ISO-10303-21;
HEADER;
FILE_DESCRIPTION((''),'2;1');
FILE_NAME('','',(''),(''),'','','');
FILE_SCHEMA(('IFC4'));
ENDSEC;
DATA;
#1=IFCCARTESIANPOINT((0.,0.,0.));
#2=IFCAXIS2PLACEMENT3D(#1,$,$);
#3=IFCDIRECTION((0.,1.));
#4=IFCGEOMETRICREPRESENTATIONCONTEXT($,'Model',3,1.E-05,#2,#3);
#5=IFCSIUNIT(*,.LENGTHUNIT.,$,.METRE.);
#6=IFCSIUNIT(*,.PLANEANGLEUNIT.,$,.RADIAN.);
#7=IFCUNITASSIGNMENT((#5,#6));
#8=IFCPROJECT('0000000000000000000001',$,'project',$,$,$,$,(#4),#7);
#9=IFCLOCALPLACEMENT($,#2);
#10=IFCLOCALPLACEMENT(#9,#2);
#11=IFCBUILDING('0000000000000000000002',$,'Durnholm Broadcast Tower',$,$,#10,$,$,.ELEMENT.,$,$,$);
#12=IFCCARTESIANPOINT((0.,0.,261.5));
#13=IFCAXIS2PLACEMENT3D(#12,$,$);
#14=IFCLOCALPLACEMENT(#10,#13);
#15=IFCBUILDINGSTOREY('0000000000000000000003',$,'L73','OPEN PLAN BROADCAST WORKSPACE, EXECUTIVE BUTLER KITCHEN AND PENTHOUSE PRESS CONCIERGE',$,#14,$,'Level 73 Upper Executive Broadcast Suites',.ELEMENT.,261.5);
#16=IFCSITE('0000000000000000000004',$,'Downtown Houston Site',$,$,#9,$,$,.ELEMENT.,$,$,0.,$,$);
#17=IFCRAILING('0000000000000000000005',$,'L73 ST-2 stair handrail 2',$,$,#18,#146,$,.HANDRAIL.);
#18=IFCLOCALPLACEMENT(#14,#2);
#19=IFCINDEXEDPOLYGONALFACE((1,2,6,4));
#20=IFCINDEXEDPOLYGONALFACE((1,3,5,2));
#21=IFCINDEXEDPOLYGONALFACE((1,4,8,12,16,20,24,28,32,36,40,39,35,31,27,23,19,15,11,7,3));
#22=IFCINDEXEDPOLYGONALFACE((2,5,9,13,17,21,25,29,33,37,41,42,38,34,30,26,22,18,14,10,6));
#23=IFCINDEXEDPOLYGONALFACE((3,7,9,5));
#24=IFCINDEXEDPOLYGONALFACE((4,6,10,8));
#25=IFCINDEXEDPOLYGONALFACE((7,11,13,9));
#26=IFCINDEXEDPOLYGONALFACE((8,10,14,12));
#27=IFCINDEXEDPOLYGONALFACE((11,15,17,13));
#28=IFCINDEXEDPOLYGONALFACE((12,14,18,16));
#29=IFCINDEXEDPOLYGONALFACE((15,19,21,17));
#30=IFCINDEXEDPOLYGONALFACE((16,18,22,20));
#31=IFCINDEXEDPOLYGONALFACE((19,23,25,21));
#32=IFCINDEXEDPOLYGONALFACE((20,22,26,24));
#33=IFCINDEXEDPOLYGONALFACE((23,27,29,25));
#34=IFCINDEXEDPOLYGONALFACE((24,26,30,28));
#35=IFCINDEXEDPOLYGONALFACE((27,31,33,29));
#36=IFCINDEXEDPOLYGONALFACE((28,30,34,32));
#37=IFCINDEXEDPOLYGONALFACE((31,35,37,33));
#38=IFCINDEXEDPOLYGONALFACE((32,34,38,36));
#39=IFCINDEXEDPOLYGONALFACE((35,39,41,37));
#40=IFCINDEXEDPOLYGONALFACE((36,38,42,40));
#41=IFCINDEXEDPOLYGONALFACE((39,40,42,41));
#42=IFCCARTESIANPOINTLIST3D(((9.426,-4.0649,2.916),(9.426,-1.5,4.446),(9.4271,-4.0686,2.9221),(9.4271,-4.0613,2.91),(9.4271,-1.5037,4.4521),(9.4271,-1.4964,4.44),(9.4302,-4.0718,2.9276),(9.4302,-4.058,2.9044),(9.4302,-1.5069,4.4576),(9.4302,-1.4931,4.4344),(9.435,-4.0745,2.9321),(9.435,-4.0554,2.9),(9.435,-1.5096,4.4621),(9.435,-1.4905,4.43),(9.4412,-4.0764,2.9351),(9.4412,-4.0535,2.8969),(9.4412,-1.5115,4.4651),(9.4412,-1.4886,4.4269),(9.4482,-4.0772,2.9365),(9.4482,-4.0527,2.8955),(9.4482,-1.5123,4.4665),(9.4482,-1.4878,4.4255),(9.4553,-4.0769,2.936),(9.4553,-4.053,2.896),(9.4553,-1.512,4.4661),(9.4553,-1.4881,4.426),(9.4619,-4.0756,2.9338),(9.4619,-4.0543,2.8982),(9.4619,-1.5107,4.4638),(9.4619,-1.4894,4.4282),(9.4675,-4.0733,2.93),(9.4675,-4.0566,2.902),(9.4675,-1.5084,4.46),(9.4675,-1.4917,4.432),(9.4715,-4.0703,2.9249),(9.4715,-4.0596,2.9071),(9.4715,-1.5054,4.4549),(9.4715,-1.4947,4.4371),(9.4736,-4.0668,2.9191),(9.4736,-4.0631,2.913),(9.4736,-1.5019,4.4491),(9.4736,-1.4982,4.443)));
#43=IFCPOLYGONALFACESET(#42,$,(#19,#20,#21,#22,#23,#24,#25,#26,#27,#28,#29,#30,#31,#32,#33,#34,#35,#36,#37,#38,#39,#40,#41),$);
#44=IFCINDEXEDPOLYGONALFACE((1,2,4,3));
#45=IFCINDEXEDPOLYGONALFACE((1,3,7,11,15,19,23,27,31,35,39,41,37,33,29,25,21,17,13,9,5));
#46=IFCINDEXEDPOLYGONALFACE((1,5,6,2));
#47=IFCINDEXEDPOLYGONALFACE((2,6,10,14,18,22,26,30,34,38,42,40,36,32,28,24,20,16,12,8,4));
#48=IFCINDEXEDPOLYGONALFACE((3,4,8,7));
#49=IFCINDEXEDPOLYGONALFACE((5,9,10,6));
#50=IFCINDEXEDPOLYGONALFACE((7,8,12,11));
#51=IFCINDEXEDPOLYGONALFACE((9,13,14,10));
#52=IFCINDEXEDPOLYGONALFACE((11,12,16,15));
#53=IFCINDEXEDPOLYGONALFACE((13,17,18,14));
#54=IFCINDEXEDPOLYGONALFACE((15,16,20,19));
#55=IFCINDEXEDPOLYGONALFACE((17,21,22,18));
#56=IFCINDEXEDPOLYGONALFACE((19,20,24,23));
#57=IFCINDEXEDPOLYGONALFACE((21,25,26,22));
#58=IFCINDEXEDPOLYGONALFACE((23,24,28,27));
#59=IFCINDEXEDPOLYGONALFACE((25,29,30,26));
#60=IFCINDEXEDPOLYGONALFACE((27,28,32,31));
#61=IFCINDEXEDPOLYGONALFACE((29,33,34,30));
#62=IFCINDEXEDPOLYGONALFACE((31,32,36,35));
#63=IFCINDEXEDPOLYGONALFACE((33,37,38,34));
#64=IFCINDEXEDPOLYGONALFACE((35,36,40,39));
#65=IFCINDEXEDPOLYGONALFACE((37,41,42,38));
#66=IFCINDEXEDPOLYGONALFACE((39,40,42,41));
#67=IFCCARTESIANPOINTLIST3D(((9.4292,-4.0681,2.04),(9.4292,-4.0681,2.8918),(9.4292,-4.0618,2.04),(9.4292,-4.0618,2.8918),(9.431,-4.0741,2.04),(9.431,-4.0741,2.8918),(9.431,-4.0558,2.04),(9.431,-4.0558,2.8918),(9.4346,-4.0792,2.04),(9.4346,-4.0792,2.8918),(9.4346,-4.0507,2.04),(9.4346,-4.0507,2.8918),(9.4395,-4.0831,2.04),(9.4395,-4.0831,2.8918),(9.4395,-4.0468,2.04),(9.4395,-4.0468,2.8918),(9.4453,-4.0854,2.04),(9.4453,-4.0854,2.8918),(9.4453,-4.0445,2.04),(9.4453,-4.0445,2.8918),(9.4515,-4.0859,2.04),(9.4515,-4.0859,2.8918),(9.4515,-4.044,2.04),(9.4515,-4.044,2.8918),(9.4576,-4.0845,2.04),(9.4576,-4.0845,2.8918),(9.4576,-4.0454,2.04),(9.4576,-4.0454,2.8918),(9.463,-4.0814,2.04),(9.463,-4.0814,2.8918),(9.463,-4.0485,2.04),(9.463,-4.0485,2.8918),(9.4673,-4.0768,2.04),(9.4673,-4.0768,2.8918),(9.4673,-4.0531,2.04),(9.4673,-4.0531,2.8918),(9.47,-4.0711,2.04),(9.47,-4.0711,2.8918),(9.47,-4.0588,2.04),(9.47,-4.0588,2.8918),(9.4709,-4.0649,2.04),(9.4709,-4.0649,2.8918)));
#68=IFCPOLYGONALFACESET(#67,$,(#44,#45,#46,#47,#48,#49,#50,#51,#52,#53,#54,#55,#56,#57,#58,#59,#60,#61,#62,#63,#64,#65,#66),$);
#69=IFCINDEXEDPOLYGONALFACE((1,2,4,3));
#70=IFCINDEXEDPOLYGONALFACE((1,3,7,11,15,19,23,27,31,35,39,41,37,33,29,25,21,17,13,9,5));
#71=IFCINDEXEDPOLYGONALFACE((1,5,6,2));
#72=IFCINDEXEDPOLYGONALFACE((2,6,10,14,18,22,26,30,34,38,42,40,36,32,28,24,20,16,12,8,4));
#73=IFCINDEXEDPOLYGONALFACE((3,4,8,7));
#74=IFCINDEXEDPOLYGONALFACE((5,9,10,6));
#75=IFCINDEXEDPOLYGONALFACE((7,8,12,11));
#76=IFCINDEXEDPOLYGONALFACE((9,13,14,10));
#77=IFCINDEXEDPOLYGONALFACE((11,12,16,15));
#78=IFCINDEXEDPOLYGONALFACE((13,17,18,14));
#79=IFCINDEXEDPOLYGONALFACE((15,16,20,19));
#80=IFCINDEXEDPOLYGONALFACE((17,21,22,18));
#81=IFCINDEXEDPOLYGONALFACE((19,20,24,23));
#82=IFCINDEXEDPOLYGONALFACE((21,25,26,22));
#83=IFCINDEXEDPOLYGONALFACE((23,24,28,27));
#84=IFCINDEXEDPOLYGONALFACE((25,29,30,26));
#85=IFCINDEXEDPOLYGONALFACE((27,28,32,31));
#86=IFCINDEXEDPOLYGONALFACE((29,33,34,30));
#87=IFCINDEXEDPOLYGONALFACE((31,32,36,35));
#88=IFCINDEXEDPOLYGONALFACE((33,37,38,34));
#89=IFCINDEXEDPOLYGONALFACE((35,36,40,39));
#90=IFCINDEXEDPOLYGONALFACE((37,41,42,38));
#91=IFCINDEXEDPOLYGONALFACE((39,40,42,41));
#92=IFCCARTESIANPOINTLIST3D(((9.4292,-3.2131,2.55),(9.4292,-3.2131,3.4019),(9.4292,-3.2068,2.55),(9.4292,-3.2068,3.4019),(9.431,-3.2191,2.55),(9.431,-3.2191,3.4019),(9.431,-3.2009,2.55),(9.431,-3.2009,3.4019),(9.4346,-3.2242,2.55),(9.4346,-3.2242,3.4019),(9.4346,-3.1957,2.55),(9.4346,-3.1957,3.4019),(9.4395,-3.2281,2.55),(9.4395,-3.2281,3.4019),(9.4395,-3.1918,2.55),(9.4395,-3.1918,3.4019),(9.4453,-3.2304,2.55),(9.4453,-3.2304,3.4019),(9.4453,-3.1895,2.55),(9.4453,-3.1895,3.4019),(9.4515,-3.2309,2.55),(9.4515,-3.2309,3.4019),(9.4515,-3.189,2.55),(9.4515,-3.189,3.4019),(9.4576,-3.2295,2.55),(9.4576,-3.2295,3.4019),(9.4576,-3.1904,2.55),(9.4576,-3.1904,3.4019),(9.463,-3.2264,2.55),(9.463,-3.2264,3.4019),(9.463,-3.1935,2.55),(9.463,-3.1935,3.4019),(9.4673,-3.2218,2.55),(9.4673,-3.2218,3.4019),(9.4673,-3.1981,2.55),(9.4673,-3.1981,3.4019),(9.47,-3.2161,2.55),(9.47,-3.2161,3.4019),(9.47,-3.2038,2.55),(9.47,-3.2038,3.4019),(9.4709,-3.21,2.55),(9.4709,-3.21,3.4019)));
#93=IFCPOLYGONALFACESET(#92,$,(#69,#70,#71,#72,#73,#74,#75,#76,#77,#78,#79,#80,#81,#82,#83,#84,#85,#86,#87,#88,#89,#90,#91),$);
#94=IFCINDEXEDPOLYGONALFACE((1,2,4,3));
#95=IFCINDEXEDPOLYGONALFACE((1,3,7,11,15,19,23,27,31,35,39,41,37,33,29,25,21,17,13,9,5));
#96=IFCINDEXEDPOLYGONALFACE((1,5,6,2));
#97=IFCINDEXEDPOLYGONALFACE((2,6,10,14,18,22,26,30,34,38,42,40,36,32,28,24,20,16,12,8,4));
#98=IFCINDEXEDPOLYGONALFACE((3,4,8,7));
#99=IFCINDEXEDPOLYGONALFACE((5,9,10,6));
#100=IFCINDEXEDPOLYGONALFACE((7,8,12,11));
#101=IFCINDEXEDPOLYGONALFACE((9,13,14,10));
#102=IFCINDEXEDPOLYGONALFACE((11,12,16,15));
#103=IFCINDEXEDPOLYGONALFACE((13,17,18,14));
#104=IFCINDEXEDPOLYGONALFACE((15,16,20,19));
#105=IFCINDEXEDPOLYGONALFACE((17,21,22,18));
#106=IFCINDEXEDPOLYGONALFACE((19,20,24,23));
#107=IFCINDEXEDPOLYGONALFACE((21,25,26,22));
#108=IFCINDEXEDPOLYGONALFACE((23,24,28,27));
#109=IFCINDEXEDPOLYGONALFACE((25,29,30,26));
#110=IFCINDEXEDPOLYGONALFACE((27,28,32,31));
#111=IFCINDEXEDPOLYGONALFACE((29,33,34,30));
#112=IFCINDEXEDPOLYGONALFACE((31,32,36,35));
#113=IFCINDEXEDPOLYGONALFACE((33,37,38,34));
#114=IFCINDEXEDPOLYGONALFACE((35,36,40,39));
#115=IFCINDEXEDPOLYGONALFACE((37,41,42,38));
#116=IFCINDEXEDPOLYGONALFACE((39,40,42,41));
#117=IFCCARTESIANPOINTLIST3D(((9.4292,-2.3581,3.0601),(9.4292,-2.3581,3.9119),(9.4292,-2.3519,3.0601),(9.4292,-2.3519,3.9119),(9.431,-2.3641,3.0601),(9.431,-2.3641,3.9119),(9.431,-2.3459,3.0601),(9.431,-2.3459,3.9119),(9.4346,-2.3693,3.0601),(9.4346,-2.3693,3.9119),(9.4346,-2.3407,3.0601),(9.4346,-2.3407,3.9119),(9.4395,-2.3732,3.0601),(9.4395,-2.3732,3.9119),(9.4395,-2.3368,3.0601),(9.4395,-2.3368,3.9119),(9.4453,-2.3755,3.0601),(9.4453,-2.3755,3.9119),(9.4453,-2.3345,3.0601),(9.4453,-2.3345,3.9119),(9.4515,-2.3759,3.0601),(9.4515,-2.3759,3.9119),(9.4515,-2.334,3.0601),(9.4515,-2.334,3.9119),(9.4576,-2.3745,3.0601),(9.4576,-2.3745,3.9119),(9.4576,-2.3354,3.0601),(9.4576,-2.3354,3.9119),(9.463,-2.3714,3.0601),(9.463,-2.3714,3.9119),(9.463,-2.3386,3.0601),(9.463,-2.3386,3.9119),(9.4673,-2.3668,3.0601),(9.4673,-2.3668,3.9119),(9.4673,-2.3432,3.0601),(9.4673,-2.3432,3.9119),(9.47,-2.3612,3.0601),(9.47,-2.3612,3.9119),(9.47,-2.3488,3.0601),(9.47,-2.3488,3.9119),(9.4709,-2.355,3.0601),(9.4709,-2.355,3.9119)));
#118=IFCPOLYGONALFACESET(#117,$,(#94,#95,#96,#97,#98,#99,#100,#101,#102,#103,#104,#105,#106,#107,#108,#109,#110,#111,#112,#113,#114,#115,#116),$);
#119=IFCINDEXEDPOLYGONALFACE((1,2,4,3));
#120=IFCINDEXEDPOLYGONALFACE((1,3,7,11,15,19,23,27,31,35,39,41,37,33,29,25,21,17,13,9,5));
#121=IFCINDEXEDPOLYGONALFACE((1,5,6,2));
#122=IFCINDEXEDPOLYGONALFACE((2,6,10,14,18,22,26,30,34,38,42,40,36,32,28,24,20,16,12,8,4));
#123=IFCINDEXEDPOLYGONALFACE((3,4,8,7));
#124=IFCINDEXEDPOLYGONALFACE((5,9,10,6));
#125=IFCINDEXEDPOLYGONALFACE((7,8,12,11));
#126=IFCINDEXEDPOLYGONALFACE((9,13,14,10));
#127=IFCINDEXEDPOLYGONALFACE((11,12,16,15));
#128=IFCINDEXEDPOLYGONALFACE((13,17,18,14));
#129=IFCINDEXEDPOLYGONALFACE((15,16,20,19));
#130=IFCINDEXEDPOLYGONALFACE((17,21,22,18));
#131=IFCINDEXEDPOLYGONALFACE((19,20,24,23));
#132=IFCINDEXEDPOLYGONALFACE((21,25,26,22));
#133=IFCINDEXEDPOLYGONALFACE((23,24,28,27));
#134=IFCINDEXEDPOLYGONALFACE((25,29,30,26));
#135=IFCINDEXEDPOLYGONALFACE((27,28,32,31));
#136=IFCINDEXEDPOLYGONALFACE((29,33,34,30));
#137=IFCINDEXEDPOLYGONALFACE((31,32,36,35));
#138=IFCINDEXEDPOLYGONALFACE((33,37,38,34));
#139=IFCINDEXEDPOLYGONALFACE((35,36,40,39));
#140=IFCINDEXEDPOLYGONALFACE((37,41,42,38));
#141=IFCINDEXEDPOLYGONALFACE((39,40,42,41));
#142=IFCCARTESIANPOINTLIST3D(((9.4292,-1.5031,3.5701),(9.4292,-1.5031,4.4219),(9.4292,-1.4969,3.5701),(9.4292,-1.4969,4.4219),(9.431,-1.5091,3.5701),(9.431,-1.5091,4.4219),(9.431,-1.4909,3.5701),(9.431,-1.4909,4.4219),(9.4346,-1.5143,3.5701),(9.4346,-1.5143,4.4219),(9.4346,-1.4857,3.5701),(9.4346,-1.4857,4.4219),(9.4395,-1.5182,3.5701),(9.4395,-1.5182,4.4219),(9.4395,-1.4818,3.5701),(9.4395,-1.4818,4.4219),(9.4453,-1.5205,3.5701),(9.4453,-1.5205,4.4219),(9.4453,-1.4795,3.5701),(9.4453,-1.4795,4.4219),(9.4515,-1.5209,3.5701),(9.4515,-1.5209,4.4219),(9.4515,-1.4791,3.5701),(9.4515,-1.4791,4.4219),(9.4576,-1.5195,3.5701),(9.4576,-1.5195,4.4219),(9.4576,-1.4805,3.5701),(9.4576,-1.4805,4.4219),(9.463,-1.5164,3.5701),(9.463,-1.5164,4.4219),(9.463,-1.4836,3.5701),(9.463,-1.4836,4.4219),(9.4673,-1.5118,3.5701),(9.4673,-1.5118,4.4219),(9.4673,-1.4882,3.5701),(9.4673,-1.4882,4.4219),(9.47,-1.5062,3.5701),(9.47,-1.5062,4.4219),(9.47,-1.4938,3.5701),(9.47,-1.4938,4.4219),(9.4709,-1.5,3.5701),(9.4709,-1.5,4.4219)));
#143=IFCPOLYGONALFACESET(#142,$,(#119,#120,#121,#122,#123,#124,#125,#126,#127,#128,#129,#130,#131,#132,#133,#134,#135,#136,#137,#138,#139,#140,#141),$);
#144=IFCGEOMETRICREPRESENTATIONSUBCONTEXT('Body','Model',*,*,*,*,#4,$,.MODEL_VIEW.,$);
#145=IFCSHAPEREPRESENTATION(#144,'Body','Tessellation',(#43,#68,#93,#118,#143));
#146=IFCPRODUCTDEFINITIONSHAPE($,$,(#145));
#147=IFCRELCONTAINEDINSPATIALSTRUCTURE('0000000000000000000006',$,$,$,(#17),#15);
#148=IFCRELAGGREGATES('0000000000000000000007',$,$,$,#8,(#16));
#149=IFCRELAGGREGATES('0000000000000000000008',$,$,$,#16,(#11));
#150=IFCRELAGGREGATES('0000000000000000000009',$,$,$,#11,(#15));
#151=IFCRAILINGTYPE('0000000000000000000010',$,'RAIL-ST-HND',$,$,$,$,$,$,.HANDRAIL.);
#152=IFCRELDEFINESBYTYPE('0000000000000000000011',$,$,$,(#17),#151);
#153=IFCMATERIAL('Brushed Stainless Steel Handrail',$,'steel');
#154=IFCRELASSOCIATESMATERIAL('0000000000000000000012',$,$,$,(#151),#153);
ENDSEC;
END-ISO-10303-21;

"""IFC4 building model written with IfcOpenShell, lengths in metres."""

from ifc_helpers import new_model, si_unit, direction, frame, origin, origin_2d, place, context, subcontext, project, spatial, circle, extrude, material, type_object, element, save


model = new_model("IFC4")

# Units and contexts
model_context = context("Model", 3, precision=1e-05, world=origin(), true_north=direction((0.0, 1.0)))
body_context = subcontext(model_context, "Body", "Model", "MODEL_VIEW")
ifc_project = project(units=[si_unit("LENGTHUNIT", "METRE"), si_unit("PLANEANGLEUNIT", "RADIAN")], contexts=[model_context])

# Site, building, storey
site_placement = place(None, origin())
site = spatial("IfcSite", under=ifc_project, at=site_placement, Name="Downtown Houston Site", CompositionType="ELEMENT", RefElevation=0.0)
building_placement = place(site_placement, origin())
building = spatial("IfcBuilding", under=site, at=building_placement, Name="Durnholm Broadcast Tower", CompositionType="ELEMENT")
storey_placement = place(building_placement, frame((0.0, 0.0, 261.5)))
storey = spatial("IfcBuildingStorey", under=building, at=storey_placement, Name="L73", Description="OPEN PLAN BROADCAST WORKSPACE, EXECUTIVE BUTLER KITCHEN AND PENTHOUSE PRESS CONCIERGE", LongName="Level 73 Upper Executive Broadcast Suites", CompositionType="ELEMENT", Elevation=261.5)

# Railing
ifc_material_1 = material(Name="Brushed Stainless Steel Handrail", Category="steel")
railing_type_1 = type_object("IfcRailingType", Name="RAIL-ST-HND", PredefinedType="HANDRAIL", material=ifc_material_1)
railing_1_placement = place(storey_placement, frame((9.45, -4.0649, 2.04)))
element("IfcRailing", 1, at=railing_1_placement, inside=storey, type_object=railing_type_1, Name="L73 ST-2 stair handrail 2", PredefinedType="HANDRAIL", context=body_context, shape_type="SweptSolid", body=[
    extrude(circle(Radius=0.0239, at=origin_2d()), frame((0.0, 0.0, 0.876), z_axis=(0.0, 0.85881, 0.512294), x_axis=(-1.0, 0.0, 0.0)), (0.0, 0.0, 1.0), 2.9866),
    extrude(circle(Radius=0.021, at=origin_2d()), origin(), (0.0, 0.0, 1.0), 0.8518),
    extrude(circle(Radius=0.021, at=origin_2d()), frame((0.0, 0.855, 0.51)), (0.0, 0.0, 1.0), 0.8518),
    extrude(circle(Radius=0.021, at=origin_2d()), frame((0.0, 1.71, 1.02)), (0.0, 0.0, 1.0), 0.8518),
    extrude(circle(Radius=0.021, at=origin_2d()), frame((0.0, 2.5649, 1.53)), (0.0, 0.0, 1.0), 0.8518),
])

save(model, "model.ifc")
